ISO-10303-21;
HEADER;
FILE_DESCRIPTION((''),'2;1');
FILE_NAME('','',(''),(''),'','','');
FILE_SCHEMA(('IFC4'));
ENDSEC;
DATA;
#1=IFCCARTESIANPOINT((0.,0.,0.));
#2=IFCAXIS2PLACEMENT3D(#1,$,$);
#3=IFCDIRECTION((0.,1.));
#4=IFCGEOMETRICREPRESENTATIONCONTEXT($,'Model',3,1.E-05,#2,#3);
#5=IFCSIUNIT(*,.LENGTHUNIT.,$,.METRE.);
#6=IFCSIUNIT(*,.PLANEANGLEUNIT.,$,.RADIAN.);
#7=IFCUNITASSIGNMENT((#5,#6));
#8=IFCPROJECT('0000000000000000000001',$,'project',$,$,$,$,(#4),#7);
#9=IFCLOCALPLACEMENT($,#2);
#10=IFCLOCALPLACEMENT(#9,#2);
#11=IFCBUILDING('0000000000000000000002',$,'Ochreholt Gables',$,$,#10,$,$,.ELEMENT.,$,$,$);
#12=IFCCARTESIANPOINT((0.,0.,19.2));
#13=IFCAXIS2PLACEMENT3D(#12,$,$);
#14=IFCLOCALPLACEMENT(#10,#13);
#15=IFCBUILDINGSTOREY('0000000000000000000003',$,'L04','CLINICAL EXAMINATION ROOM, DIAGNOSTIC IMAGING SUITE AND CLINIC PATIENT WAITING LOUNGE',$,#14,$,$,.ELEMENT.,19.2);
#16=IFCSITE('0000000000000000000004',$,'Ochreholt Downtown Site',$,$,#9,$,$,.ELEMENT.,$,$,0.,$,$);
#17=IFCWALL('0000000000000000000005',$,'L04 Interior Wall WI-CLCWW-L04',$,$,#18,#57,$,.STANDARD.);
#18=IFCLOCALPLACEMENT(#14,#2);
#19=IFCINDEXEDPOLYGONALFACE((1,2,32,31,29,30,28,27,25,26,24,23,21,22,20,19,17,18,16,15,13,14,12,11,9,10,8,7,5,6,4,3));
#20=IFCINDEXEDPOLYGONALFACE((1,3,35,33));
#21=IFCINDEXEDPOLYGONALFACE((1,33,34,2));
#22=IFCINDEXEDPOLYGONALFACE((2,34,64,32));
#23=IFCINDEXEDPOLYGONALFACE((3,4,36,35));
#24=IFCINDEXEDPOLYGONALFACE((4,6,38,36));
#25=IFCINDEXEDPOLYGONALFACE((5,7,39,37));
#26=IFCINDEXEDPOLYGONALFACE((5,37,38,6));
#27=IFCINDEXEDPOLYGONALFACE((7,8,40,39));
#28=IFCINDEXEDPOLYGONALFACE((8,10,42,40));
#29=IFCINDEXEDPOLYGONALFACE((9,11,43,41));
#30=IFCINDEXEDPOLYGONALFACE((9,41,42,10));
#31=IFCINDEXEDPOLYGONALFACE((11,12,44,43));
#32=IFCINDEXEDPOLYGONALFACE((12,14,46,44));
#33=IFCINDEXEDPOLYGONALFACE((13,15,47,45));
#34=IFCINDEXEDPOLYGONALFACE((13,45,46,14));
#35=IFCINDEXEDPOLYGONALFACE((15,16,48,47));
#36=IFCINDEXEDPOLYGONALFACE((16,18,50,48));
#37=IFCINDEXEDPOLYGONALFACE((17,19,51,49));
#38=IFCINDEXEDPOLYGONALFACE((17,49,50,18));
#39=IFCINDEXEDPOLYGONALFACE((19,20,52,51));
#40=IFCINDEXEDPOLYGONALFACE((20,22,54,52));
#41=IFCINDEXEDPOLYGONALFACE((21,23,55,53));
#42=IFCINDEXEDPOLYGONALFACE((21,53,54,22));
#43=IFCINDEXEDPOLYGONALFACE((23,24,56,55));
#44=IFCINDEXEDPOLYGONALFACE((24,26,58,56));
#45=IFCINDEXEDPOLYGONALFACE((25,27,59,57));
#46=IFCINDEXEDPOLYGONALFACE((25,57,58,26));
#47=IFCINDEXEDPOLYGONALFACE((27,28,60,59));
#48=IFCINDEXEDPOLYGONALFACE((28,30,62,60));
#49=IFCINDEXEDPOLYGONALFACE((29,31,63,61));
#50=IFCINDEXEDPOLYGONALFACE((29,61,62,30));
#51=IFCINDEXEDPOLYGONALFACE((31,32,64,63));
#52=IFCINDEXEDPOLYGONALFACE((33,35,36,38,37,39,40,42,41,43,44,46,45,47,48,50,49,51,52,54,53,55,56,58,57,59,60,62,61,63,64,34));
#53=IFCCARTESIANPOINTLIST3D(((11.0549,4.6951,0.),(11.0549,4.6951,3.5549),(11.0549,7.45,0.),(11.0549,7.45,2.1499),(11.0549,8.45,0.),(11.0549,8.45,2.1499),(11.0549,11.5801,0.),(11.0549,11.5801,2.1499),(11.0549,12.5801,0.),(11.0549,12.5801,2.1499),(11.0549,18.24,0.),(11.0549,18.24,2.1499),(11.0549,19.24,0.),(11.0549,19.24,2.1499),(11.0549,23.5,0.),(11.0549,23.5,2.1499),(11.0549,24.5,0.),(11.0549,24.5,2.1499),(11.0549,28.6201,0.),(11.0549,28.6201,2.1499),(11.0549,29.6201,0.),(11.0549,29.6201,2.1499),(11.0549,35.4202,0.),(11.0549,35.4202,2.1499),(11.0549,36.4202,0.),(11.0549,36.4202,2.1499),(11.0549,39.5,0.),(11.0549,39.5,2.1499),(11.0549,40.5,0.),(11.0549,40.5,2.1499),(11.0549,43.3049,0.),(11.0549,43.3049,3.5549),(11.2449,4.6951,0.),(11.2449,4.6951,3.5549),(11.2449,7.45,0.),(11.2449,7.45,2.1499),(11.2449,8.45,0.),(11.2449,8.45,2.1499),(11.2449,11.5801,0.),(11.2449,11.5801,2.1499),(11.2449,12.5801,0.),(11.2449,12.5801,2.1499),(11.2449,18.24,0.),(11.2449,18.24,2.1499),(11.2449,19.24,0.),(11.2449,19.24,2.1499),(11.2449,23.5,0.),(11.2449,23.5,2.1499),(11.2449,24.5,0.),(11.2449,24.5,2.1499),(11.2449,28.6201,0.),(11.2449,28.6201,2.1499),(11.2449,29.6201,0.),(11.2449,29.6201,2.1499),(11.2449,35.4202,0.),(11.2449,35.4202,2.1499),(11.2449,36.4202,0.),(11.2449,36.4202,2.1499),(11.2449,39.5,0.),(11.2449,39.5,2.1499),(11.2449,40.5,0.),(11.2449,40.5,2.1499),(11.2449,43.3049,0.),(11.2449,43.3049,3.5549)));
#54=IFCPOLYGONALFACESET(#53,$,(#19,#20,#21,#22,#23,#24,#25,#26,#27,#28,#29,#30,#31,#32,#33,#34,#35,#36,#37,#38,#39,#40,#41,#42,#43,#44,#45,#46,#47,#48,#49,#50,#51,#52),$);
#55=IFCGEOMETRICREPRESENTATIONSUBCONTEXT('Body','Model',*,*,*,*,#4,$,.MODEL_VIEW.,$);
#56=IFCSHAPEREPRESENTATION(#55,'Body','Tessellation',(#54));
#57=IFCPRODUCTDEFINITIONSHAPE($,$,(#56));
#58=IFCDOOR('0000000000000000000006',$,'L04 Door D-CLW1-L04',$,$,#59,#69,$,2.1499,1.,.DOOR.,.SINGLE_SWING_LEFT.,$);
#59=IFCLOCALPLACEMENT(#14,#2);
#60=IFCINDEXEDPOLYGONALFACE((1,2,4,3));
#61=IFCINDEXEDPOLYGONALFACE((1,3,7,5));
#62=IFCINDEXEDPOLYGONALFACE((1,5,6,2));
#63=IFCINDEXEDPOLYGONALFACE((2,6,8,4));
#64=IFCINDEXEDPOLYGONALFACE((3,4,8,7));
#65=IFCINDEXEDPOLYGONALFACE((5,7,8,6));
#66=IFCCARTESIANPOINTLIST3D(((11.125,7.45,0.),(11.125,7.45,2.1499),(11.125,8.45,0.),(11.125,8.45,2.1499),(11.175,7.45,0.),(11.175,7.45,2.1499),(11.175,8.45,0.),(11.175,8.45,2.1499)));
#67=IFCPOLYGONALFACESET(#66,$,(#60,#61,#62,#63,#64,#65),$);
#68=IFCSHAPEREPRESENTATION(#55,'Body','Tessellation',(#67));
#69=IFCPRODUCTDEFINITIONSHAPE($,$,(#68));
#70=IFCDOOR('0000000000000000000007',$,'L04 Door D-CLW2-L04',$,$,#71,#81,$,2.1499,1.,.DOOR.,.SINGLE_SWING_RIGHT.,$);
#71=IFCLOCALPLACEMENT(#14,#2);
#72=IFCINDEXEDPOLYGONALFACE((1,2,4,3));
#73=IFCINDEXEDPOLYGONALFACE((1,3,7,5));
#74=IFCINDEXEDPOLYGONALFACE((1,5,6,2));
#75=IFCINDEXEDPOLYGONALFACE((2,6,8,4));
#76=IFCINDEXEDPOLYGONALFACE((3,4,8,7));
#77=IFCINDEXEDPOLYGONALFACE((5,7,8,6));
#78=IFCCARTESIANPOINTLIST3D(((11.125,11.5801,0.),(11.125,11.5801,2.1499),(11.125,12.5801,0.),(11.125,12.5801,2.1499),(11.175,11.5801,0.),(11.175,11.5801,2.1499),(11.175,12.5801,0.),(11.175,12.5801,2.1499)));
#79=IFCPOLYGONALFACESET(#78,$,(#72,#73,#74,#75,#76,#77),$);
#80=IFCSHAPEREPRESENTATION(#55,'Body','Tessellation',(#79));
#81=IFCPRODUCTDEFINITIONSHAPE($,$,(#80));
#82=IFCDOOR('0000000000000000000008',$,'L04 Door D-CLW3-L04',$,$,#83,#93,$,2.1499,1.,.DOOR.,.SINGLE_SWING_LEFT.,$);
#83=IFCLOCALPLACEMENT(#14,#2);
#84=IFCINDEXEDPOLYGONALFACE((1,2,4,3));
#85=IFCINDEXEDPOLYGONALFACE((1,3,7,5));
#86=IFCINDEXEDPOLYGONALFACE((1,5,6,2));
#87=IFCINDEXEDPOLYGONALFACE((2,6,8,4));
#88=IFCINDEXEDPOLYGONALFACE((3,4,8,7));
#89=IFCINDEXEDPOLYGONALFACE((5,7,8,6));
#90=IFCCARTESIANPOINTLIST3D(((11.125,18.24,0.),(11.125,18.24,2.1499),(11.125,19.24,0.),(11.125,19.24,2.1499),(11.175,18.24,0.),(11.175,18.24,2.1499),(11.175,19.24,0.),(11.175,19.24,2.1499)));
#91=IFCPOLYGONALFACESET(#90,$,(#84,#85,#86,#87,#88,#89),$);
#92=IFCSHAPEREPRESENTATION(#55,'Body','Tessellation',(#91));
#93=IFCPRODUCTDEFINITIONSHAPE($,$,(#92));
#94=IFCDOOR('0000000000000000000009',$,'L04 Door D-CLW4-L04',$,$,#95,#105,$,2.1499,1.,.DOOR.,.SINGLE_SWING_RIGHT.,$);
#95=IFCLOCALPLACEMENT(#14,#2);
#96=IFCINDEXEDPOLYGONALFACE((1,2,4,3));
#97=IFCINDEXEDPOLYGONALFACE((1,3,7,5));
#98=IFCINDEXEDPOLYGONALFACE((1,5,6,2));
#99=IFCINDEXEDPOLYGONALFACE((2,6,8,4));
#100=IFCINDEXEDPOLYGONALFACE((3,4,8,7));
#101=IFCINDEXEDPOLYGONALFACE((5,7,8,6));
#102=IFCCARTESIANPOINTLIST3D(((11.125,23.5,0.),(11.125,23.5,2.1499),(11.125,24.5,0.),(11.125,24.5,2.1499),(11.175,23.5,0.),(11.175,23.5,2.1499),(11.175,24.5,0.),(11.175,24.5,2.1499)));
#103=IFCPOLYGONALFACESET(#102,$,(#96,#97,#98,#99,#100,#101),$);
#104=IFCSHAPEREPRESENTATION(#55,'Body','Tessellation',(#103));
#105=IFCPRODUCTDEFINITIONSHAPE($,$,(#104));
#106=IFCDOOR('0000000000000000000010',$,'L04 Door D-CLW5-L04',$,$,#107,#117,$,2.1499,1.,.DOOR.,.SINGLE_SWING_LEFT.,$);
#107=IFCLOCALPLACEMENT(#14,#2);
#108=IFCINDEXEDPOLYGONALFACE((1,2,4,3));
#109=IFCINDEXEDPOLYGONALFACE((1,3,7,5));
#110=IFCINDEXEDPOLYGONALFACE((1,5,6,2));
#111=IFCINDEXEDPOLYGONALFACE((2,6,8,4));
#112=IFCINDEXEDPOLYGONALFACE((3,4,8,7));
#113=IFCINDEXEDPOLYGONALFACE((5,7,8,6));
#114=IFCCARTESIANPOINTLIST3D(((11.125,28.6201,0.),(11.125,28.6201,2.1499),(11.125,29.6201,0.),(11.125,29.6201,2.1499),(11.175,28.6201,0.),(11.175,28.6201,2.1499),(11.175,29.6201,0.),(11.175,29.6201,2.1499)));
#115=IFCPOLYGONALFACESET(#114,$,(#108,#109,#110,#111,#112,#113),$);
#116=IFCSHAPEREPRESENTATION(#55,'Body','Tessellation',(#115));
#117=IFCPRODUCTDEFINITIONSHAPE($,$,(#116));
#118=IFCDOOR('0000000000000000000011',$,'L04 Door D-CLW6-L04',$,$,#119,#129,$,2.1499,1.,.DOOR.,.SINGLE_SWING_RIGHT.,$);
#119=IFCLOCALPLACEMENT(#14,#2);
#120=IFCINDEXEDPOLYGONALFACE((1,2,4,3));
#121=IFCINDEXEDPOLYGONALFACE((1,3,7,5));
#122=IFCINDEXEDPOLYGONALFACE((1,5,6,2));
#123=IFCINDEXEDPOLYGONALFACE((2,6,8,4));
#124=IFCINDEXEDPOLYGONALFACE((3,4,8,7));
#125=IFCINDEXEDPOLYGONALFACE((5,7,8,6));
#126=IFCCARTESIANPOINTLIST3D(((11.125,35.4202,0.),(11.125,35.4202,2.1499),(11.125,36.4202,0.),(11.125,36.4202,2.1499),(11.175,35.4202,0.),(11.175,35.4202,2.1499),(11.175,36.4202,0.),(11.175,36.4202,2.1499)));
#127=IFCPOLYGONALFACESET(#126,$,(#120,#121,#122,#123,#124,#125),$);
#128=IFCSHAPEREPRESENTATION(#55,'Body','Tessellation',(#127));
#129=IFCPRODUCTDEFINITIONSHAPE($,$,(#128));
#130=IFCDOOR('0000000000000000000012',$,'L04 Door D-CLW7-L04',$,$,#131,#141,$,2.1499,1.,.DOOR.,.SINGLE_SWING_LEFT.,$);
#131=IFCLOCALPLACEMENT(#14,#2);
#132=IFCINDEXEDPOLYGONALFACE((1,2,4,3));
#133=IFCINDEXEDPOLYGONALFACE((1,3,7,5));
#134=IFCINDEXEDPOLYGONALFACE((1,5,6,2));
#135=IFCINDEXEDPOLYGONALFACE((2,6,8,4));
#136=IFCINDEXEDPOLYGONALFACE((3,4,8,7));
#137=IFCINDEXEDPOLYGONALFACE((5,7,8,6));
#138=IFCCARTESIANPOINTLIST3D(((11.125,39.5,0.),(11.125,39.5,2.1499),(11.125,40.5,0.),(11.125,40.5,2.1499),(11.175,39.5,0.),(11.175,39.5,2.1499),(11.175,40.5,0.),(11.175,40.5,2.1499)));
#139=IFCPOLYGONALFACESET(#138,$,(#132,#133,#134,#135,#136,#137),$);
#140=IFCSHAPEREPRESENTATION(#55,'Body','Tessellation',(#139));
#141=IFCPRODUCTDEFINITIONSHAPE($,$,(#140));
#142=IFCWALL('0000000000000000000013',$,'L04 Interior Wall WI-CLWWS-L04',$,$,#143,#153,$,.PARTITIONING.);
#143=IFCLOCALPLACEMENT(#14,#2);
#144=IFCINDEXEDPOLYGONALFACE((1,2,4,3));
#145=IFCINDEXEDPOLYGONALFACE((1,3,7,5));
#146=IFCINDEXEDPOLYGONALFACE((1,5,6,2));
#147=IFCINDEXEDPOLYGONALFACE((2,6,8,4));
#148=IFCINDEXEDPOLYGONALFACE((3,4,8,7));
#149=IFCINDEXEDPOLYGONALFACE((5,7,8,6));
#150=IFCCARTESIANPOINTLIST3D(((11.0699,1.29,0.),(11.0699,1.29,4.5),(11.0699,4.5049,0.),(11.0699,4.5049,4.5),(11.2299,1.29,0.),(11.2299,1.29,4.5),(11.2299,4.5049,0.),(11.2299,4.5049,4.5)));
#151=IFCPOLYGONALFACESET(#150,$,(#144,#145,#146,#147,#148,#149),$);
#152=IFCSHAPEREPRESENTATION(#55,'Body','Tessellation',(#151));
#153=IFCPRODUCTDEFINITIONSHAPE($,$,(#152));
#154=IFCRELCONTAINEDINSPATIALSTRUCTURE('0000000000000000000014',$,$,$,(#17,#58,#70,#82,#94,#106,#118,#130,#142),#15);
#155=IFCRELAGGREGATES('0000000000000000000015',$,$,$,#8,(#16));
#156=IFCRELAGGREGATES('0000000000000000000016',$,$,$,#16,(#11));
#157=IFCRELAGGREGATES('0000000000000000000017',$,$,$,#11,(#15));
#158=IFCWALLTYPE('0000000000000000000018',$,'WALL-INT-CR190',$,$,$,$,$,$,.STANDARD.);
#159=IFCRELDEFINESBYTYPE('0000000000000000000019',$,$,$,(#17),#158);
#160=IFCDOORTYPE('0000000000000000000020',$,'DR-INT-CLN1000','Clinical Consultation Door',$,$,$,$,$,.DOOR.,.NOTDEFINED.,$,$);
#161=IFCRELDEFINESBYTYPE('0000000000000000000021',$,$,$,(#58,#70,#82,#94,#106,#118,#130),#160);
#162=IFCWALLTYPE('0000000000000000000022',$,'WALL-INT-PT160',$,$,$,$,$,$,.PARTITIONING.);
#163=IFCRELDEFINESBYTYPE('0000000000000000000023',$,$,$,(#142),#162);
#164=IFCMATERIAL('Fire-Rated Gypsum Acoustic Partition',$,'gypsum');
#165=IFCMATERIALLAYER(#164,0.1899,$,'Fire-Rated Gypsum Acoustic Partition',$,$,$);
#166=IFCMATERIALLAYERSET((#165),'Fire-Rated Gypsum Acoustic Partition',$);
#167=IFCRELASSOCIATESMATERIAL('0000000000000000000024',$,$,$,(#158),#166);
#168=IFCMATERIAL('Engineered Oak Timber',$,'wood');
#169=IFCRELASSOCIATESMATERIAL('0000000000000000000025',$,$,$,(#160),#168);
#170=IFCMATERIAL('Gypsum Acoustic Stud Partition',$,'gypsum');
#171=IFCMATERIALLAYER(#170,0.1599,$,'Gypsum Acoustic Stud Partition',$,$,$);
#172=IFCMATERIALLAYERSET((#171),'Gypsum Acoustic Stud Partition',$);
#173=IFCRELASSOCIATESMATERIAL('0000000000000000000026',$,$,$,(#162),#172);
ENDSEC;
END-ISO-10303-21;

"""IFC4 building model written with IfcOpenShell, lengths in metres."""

from ifc_helpers import new_model, si_unit, direction, frame, frame_2d, origin, place, context, subcontext, project, spatial, rectangle, extrude, material, layer, layer_set, type_object, element, fill, save


model = new_model("IFC4")

# Units and contexts
model_context = context("Model", 3, precision=1e-05, world=origin(), true_north=direction((0.0, 1.0)))
body_context = subcontext(model_context, "Body", "Model", "MODEL_VIEW")
ifc_project = project(units=[si_unit("LENGTHUNIT", "METRE"), si_unit("PLANEANGLEUNIT", "RADIAN")], contexts=[model_context])

# Site, building, storey
site_placement = place(None, origin())
site = spatial("IfcSite", under=ifc_project, at=site_placement, Name="Ochreholt Downtown Site", CompositionType="ELEMENT", RefElevation=0.0)
building_placement = place(site_placement, origin())
building = spatial("IfcBuilding", under=site, at=building_placement, Name="Ochreholt Gables", CompositionType="ELEMENT")
storey_placement = place(building_placement, frame((0.0, 0.0, 19.2)))
storey = spatial("IfcBuildingStorey", under=building, at=storey_placement, Name="L04", Description="CLINICAL EXAMINATION ROOM, DIAGNOSTIC IMAGING SUITE AND CLINIC PATIENT WAITING LOUNGE", CompositionType="ELEMENT", Elevation=19.2)

# Shared definitions
ifc_material_1 = material(Name="Fire-Rated Gypsum Acoustic Partition", Category="gypsum")
ifc_layer_1 = layer(ifc_material_1, 0.1899, Name="Fire-Rated Gypsum Acoustic Partition")
ifc_layer_set_1 = layer_set([ifc_layer_1], Name="Fire-Rated Gypsum Acoustic Partition")
wall_type_1 = type_object("IfcWallType", Name="WALL-INT-CR190", PredefinedType="STANDARD", material=ifc_layer_set_1)

# Wall, openings, doors
wall_1_placement = place(storey_placement, frame((11.1499, 4.6951, 0.0), z_axis=(0.0, 0.0, 1.0), x_axis=(0.0, 1.0, 0.0)))
wall_1 = element("IfcWall", 1, at=wall_1_placement, inside=storey, type_object=wall_type_1, Name="L04 Interior Wall WI-CLCWW-L04", PredefinedType="STANDARD", context=body_context, shape_type="SweptSolid", body=[
    extrude(rectangle(XDim=38.6099, YDim=0.1899, at=frame_2d((19.3049, 0.0))), origin(), (0.0, 0.0, 1.0), 3.5549),
])
opening_1_placement = place(wall_1_placement, frame((2.7549, 0.0, 0.0)))
opening_1 = element("IfcOpeningElement", 2, at=opening_1_placement, cuts=wall_1, PredefinedType="OPENING", context=body_context, shape_type="SweptSolid", body=[
    extrude(rectangle(XDim=1.0, YDim=2.1499, at=frame_2d((0.5, 1.075))), frame((0.0, 0.105, 0.0), z_axis=(0.0, -1.0, 0.0), x_axis=(1.0, 0.0, 0.0)), (0.0, 0.0, 1.0), 0.21),
])
opening_2_placement = place(wall_1_placement, frame((6.885, 0.0, 0.0)))
opening_2 = element("IfcOpeningElement", 3, at=opening_2_placement, cuts=wall_1, PredefinedType="OPENING", context=body_context, shape_type="SweptSolid", body=[
    extrude(rectangle(XDim=1.0, YDim=2.1499, at=frame_2d((0.5, 1.075))), frame((0.0, 0.105, 0.0), z_axis=(0.0, -1.0, 0.0), x_axis=(1.0, 0.0, 0.0)), (0.0, 0.0, 1.0), 0.21),
])
opening_3_placement = place(wall_1_placement, frame((13.5449, 0.0, 0.0)))
opening_3 = element("IfcOpeningElement", 4, at=opening_3_placement, cuts=wall_1, PredefinedType="OPENING", context=body_context, shape_type="SweptSolid", body=[
    extrude(rectangle(XDim=1.0, YDim=2.1499, at=frame_2d((0.5, 1.075))), frame((0.0, 0.105, 0.0), z_axis=(0.0, -1.0, 0.0), x_axis=(1.0, 0.0, 0.0)), (0.0, 0.0, 1.0), 0.21),
])
opening_4_placement = place(wall_1_placement, frame((18.8049, 0.0, 0.0)))
opening_4 = element("IfcOpeningElement", 5, at=opening_4_placement, cuts=wall_1, PredefinedType="OPENING", context=body_context, shape_type="SweptSolid", body=[
    extrude(rectangle(XDim=1.0, YDim=2.1499, at=frame_2d((0.5, 1.075))), frame((0.0, 0.105, 0.0), z_axis=(0.0, -1.0, 0.0), x_axis=(1.0, 0.0, 0.0)), (0.0, 0.0, 1.0), 0.21),
])
opening_5_placement = place(wall_1_placement, frame((23.925, 0.0, 0.0)))
opening_5 = element("IfcOpeningElement", 6, at=opening_5_placement, cuts=wall_1, PredefinedType="OPENING", context=body_context, shape_type="SweptSolid", body=[
    extrude(rectangle(XDim=1.0, YDim=2.1499, at=frame_2d((0.5, 1.075))), frame((0.0, 0.105, 0.0), z_axis=(0.0, -1.0, 0.0), x_axis=(1.0, 0.0, 0.0)), (0.0, 0.0, 1.0), 0.21),
])
opening_6_placement = place(wall_1_placement, frame((30.7251, 0.0, 0.0)))
opening_6 = element("IfcOpeningElement", 7, at=opening_6_placement, cuts=wall_1, PredefinedType="OPENING", context=body_context, shape_type="SweptSolid", body=[
    extrude(rectangle(XDim=1.0, YDim=2.1499, at=frame_2d((0.5, 1.075))), frame((0.0, 0.105, 0.0), z_axis=(0.0, -1.0, 0.0), x_axis=(1.0, 0.0, 0.0)), (0.0, 0.0, 1.0), 0.21),
])
opening_7_placement = place(wall_1_placement, frame((34.8049, 0.0, 0.0)))
opening_7 = element("IfcOpeningElement", 8, at=opening_7_placement, cuts=wall_1, PredefinedType="OPENING", context=body_context, shape_type="SweptSolid", body=[
    extrude(rectangle(XDim=1.0, YDim=2.1499, at=frame_2d((0.5, 1.075))), frame((0.0, 0.105, 0.0), z_axis=(0.0, -1.0, 0.0), x_axis=(1.0, 0.0, 0.0)), (0.0, 0.0, 1.0), 0.21),
])
ifc_material_2 = material(Name="Engineered Oak Timber", Category="wood")
door_type = type_object("IfcDoorType", Name="DR-INT-CLN1000", Description="Clinical Consultation Door", OperationType="NOTDEFINED", PredefinedType="DOOR", material=ifc_material_2)
door_1_placement = place(opening_1_placement, origin())
door_1 = element("IfcDoor", 9, at=door_1_placement, inside=storey, type_object=door_type, Name="L04 Door D-CLW1-L04", OperationType="SINGLE_SWING_LEFT", OverallHeight=2.1499, OverallWidth=1.0, PredefinedType="DOOR", context=body_context, shape_type="SweptSolid", body=[
    extrude(rectangle(XDim=1.0, YDim=2.1499, at=frame_2d((0.5, 1.075))), frame((0.0, 0.0249, 0.0), z_axis=(0.0, -1.0, 0.0), x_axis=(1.0, 0.0, 0.0)), (0.0, 0.0, 1.0), 0.05),
])
fill(opening_1, door_1)
door_2_placement = place(opening_2_placement, origin())
door_2 = element("IfcDoor", 10, at=door_2_placement, inside=storey, type_object=door_type, Name="L04 Door D-CLW2-L04", OperationType="SINGLE_SWING_RIGHT", OverallHeight=2.1499, OverallWidth=1.0, PredefinedType="DOOR", context=body_context, shape_type="SweptSolid", body=[
    extrude(rectangle(XDim=1.0, YDim=2.1499, at=frame_2d((0.5, 1.075))), frame((0.0, 0.0249, 0.0), z_axis=(0.0, -1.0, 0.0), x_axis=(1.0, 0.0, 0.0)), (0.0, 0.0, 1.0), 0.05),
])
fill(opening_2, door_2)
door_3_placement = place(opening_3_placement, origin())
door_3 = element("IfcDoor", 11, at=door_3_placement, inside=storey, type_object=door_type, Name="L04 Door D-CLW3-L04", OperationType="SINGLE_SWING_LEFT", OverallHeight=2.1499, OverallWidth=1.0, PredefinedType="DOOR", context=body_context, shape_type="SweptSolid", body=[
    extrude(rectangle(XDim=1.0, YDim=2.1499, at=frame_2d((0.5, 1.075))), frame((0.0, 0.0249, 0.0), z_axis=(0.0, -1.0, 0.0), x_axis=(1.0, 0.0, 0.0)), (0.0, 0.0, 1.0), 0.05),
])
fill(opening_3, door_3)
door_4_placement = place(opening_4_placement, origin())
door_4 = element("IfcDoor", 12, at=door_4_placement, inside=storey, type_object=door_type, Name="L04 Door D-CLW4-L04", OperationType="SINGLE_SWING_RIGHT", OverallHeight=2.1499, OverallWidth=1.0, PredefinedType="DOOR", context=body_context, shape_type="SweptSolid", body=[
    extrude(rectangle(XDim=1.0, YDim=2.1499, at=frame_2d((0.5, 1.075))), frame((0.0, 0.0249, 0.0), z_axis=(0.0, -1.0, 0.0), x_axis=(1.0, 0.0, 0.0)), (0.0, 0.0, 1.0), 0.05),
])
fill(opening_4, door_4)
door_5_placement = place(opening_5_placement, origin())
door_5 = element("IfcDoor", 13, at=door_5_placement, inside=storey, type_object=door_type, Name="L04 Door D-CLW5-L04", OperationType="SINGLE_SWING_LEFT", OverallHeight=2.1499, OverallWidth=1.0, PredefinedType="DOOR", context=body_context, shape_type="SweptSolid", body=[
    extrude(rectangle(XDim=1.0, YDim=2.1499, at=frame_2d((0.5, 1.075))), frame((0.0, 0.0249, 0.0), z_axis=(0.0, -1.0, 0.0), x_axis=(1.0, 0.0, 0.0)), (0.0, 0.0, 1.0), 0.05),
])
fill(opening_5, door_5)
door_6_placement = place(opening_6_placement, origin())
door_6 = element("IfcDoor", 14, at=door_6_placement, inside=storey, type_object=door_type, Name="L04 Door D-CLW6-L04", OperationType="SINGLE_SWING_RIGHT", OverallHeight=2.1499, OverallWidth=1.0, PredefinedType="DOOR", context=body_context, shape_type="SweptSolid", body=[
    extrude(rectangle(XDim=1.0, YDim=2.1499, at=frame_2d((0.5, 1.075))), frame((0.0, 0.0249, 0.0), z_axis=(0.0, -1.0, 0.0), x_axis=(1.0, 0.0, 0.0)), (0.0, 0.0, 1.0), 0.05),
])
fill(opening_6, door_6)
door_7_placement = place(opening_7_placement, origin())
door_7 = element("IfcDoor", 15, at=door_7_placement, inside=storey, type_object=door_type, Name="L04 Door D-CLW7-L04", OperationType="SINGLE_SWING_LEFT", OverallHeight=2.1499, OverallWidth=1.0, PredefinedType="DOOR", context=body_context, shape_type="SweptSolid", body=[
    extrude(rectangle(XDim=1.0, YDim=2.1499, at=frame_2d((0.5, 1.075))), frame((0.0, 0.0249, 0.0), z_axis=(0.0, -1.0, 0.0), x_axis=(1.0, 0.0, 0.0)), (0.0, 0.0, 1.0), 0.05),
])
fill(opening_7, door_7)

# Wall
ifc_material_3 = material(Name="Gypsum Acoustic Stud Partition", Category="gypsum")
ifc_layer_2 = layer(ifc_material_3, 0.1599, Name="Gypsum Acoustic Stud Partition")
ifc_layer_set_2 = layer_set([ifc_layer_2], Name="Gypsum Acoustic Stud Partition")
wall_type_2 = type_object("IfcWallType", Name="WALL-INT-PT160", PredefinedType="PARTITIONING", material=ifc_layer_set_2)
wall_2_placement = place(storey_placement, frame((11.1499, 1.29, 0.0), z_axis=(0.0, 0.0, 1.0), x_axis=(0.0, 1.0, 0.0)))
element("IfcWall", 16, at=wall_2_placement, inside=storey, type_object=wall_type_2, Name="L04 Interior Wall WI-CLWWS-L04", PredefinedType="PARTITIONING", context=body_context, shape_type="SweptSolid", body=[
    extrude(rectangle(XDim=3.2148, YDim=0.1599, at=frame_2d((1.6074, 0.0))), origin(), (0.0, 0.0, 1.0), 4.5),
])

save(model, "model.ifc")
